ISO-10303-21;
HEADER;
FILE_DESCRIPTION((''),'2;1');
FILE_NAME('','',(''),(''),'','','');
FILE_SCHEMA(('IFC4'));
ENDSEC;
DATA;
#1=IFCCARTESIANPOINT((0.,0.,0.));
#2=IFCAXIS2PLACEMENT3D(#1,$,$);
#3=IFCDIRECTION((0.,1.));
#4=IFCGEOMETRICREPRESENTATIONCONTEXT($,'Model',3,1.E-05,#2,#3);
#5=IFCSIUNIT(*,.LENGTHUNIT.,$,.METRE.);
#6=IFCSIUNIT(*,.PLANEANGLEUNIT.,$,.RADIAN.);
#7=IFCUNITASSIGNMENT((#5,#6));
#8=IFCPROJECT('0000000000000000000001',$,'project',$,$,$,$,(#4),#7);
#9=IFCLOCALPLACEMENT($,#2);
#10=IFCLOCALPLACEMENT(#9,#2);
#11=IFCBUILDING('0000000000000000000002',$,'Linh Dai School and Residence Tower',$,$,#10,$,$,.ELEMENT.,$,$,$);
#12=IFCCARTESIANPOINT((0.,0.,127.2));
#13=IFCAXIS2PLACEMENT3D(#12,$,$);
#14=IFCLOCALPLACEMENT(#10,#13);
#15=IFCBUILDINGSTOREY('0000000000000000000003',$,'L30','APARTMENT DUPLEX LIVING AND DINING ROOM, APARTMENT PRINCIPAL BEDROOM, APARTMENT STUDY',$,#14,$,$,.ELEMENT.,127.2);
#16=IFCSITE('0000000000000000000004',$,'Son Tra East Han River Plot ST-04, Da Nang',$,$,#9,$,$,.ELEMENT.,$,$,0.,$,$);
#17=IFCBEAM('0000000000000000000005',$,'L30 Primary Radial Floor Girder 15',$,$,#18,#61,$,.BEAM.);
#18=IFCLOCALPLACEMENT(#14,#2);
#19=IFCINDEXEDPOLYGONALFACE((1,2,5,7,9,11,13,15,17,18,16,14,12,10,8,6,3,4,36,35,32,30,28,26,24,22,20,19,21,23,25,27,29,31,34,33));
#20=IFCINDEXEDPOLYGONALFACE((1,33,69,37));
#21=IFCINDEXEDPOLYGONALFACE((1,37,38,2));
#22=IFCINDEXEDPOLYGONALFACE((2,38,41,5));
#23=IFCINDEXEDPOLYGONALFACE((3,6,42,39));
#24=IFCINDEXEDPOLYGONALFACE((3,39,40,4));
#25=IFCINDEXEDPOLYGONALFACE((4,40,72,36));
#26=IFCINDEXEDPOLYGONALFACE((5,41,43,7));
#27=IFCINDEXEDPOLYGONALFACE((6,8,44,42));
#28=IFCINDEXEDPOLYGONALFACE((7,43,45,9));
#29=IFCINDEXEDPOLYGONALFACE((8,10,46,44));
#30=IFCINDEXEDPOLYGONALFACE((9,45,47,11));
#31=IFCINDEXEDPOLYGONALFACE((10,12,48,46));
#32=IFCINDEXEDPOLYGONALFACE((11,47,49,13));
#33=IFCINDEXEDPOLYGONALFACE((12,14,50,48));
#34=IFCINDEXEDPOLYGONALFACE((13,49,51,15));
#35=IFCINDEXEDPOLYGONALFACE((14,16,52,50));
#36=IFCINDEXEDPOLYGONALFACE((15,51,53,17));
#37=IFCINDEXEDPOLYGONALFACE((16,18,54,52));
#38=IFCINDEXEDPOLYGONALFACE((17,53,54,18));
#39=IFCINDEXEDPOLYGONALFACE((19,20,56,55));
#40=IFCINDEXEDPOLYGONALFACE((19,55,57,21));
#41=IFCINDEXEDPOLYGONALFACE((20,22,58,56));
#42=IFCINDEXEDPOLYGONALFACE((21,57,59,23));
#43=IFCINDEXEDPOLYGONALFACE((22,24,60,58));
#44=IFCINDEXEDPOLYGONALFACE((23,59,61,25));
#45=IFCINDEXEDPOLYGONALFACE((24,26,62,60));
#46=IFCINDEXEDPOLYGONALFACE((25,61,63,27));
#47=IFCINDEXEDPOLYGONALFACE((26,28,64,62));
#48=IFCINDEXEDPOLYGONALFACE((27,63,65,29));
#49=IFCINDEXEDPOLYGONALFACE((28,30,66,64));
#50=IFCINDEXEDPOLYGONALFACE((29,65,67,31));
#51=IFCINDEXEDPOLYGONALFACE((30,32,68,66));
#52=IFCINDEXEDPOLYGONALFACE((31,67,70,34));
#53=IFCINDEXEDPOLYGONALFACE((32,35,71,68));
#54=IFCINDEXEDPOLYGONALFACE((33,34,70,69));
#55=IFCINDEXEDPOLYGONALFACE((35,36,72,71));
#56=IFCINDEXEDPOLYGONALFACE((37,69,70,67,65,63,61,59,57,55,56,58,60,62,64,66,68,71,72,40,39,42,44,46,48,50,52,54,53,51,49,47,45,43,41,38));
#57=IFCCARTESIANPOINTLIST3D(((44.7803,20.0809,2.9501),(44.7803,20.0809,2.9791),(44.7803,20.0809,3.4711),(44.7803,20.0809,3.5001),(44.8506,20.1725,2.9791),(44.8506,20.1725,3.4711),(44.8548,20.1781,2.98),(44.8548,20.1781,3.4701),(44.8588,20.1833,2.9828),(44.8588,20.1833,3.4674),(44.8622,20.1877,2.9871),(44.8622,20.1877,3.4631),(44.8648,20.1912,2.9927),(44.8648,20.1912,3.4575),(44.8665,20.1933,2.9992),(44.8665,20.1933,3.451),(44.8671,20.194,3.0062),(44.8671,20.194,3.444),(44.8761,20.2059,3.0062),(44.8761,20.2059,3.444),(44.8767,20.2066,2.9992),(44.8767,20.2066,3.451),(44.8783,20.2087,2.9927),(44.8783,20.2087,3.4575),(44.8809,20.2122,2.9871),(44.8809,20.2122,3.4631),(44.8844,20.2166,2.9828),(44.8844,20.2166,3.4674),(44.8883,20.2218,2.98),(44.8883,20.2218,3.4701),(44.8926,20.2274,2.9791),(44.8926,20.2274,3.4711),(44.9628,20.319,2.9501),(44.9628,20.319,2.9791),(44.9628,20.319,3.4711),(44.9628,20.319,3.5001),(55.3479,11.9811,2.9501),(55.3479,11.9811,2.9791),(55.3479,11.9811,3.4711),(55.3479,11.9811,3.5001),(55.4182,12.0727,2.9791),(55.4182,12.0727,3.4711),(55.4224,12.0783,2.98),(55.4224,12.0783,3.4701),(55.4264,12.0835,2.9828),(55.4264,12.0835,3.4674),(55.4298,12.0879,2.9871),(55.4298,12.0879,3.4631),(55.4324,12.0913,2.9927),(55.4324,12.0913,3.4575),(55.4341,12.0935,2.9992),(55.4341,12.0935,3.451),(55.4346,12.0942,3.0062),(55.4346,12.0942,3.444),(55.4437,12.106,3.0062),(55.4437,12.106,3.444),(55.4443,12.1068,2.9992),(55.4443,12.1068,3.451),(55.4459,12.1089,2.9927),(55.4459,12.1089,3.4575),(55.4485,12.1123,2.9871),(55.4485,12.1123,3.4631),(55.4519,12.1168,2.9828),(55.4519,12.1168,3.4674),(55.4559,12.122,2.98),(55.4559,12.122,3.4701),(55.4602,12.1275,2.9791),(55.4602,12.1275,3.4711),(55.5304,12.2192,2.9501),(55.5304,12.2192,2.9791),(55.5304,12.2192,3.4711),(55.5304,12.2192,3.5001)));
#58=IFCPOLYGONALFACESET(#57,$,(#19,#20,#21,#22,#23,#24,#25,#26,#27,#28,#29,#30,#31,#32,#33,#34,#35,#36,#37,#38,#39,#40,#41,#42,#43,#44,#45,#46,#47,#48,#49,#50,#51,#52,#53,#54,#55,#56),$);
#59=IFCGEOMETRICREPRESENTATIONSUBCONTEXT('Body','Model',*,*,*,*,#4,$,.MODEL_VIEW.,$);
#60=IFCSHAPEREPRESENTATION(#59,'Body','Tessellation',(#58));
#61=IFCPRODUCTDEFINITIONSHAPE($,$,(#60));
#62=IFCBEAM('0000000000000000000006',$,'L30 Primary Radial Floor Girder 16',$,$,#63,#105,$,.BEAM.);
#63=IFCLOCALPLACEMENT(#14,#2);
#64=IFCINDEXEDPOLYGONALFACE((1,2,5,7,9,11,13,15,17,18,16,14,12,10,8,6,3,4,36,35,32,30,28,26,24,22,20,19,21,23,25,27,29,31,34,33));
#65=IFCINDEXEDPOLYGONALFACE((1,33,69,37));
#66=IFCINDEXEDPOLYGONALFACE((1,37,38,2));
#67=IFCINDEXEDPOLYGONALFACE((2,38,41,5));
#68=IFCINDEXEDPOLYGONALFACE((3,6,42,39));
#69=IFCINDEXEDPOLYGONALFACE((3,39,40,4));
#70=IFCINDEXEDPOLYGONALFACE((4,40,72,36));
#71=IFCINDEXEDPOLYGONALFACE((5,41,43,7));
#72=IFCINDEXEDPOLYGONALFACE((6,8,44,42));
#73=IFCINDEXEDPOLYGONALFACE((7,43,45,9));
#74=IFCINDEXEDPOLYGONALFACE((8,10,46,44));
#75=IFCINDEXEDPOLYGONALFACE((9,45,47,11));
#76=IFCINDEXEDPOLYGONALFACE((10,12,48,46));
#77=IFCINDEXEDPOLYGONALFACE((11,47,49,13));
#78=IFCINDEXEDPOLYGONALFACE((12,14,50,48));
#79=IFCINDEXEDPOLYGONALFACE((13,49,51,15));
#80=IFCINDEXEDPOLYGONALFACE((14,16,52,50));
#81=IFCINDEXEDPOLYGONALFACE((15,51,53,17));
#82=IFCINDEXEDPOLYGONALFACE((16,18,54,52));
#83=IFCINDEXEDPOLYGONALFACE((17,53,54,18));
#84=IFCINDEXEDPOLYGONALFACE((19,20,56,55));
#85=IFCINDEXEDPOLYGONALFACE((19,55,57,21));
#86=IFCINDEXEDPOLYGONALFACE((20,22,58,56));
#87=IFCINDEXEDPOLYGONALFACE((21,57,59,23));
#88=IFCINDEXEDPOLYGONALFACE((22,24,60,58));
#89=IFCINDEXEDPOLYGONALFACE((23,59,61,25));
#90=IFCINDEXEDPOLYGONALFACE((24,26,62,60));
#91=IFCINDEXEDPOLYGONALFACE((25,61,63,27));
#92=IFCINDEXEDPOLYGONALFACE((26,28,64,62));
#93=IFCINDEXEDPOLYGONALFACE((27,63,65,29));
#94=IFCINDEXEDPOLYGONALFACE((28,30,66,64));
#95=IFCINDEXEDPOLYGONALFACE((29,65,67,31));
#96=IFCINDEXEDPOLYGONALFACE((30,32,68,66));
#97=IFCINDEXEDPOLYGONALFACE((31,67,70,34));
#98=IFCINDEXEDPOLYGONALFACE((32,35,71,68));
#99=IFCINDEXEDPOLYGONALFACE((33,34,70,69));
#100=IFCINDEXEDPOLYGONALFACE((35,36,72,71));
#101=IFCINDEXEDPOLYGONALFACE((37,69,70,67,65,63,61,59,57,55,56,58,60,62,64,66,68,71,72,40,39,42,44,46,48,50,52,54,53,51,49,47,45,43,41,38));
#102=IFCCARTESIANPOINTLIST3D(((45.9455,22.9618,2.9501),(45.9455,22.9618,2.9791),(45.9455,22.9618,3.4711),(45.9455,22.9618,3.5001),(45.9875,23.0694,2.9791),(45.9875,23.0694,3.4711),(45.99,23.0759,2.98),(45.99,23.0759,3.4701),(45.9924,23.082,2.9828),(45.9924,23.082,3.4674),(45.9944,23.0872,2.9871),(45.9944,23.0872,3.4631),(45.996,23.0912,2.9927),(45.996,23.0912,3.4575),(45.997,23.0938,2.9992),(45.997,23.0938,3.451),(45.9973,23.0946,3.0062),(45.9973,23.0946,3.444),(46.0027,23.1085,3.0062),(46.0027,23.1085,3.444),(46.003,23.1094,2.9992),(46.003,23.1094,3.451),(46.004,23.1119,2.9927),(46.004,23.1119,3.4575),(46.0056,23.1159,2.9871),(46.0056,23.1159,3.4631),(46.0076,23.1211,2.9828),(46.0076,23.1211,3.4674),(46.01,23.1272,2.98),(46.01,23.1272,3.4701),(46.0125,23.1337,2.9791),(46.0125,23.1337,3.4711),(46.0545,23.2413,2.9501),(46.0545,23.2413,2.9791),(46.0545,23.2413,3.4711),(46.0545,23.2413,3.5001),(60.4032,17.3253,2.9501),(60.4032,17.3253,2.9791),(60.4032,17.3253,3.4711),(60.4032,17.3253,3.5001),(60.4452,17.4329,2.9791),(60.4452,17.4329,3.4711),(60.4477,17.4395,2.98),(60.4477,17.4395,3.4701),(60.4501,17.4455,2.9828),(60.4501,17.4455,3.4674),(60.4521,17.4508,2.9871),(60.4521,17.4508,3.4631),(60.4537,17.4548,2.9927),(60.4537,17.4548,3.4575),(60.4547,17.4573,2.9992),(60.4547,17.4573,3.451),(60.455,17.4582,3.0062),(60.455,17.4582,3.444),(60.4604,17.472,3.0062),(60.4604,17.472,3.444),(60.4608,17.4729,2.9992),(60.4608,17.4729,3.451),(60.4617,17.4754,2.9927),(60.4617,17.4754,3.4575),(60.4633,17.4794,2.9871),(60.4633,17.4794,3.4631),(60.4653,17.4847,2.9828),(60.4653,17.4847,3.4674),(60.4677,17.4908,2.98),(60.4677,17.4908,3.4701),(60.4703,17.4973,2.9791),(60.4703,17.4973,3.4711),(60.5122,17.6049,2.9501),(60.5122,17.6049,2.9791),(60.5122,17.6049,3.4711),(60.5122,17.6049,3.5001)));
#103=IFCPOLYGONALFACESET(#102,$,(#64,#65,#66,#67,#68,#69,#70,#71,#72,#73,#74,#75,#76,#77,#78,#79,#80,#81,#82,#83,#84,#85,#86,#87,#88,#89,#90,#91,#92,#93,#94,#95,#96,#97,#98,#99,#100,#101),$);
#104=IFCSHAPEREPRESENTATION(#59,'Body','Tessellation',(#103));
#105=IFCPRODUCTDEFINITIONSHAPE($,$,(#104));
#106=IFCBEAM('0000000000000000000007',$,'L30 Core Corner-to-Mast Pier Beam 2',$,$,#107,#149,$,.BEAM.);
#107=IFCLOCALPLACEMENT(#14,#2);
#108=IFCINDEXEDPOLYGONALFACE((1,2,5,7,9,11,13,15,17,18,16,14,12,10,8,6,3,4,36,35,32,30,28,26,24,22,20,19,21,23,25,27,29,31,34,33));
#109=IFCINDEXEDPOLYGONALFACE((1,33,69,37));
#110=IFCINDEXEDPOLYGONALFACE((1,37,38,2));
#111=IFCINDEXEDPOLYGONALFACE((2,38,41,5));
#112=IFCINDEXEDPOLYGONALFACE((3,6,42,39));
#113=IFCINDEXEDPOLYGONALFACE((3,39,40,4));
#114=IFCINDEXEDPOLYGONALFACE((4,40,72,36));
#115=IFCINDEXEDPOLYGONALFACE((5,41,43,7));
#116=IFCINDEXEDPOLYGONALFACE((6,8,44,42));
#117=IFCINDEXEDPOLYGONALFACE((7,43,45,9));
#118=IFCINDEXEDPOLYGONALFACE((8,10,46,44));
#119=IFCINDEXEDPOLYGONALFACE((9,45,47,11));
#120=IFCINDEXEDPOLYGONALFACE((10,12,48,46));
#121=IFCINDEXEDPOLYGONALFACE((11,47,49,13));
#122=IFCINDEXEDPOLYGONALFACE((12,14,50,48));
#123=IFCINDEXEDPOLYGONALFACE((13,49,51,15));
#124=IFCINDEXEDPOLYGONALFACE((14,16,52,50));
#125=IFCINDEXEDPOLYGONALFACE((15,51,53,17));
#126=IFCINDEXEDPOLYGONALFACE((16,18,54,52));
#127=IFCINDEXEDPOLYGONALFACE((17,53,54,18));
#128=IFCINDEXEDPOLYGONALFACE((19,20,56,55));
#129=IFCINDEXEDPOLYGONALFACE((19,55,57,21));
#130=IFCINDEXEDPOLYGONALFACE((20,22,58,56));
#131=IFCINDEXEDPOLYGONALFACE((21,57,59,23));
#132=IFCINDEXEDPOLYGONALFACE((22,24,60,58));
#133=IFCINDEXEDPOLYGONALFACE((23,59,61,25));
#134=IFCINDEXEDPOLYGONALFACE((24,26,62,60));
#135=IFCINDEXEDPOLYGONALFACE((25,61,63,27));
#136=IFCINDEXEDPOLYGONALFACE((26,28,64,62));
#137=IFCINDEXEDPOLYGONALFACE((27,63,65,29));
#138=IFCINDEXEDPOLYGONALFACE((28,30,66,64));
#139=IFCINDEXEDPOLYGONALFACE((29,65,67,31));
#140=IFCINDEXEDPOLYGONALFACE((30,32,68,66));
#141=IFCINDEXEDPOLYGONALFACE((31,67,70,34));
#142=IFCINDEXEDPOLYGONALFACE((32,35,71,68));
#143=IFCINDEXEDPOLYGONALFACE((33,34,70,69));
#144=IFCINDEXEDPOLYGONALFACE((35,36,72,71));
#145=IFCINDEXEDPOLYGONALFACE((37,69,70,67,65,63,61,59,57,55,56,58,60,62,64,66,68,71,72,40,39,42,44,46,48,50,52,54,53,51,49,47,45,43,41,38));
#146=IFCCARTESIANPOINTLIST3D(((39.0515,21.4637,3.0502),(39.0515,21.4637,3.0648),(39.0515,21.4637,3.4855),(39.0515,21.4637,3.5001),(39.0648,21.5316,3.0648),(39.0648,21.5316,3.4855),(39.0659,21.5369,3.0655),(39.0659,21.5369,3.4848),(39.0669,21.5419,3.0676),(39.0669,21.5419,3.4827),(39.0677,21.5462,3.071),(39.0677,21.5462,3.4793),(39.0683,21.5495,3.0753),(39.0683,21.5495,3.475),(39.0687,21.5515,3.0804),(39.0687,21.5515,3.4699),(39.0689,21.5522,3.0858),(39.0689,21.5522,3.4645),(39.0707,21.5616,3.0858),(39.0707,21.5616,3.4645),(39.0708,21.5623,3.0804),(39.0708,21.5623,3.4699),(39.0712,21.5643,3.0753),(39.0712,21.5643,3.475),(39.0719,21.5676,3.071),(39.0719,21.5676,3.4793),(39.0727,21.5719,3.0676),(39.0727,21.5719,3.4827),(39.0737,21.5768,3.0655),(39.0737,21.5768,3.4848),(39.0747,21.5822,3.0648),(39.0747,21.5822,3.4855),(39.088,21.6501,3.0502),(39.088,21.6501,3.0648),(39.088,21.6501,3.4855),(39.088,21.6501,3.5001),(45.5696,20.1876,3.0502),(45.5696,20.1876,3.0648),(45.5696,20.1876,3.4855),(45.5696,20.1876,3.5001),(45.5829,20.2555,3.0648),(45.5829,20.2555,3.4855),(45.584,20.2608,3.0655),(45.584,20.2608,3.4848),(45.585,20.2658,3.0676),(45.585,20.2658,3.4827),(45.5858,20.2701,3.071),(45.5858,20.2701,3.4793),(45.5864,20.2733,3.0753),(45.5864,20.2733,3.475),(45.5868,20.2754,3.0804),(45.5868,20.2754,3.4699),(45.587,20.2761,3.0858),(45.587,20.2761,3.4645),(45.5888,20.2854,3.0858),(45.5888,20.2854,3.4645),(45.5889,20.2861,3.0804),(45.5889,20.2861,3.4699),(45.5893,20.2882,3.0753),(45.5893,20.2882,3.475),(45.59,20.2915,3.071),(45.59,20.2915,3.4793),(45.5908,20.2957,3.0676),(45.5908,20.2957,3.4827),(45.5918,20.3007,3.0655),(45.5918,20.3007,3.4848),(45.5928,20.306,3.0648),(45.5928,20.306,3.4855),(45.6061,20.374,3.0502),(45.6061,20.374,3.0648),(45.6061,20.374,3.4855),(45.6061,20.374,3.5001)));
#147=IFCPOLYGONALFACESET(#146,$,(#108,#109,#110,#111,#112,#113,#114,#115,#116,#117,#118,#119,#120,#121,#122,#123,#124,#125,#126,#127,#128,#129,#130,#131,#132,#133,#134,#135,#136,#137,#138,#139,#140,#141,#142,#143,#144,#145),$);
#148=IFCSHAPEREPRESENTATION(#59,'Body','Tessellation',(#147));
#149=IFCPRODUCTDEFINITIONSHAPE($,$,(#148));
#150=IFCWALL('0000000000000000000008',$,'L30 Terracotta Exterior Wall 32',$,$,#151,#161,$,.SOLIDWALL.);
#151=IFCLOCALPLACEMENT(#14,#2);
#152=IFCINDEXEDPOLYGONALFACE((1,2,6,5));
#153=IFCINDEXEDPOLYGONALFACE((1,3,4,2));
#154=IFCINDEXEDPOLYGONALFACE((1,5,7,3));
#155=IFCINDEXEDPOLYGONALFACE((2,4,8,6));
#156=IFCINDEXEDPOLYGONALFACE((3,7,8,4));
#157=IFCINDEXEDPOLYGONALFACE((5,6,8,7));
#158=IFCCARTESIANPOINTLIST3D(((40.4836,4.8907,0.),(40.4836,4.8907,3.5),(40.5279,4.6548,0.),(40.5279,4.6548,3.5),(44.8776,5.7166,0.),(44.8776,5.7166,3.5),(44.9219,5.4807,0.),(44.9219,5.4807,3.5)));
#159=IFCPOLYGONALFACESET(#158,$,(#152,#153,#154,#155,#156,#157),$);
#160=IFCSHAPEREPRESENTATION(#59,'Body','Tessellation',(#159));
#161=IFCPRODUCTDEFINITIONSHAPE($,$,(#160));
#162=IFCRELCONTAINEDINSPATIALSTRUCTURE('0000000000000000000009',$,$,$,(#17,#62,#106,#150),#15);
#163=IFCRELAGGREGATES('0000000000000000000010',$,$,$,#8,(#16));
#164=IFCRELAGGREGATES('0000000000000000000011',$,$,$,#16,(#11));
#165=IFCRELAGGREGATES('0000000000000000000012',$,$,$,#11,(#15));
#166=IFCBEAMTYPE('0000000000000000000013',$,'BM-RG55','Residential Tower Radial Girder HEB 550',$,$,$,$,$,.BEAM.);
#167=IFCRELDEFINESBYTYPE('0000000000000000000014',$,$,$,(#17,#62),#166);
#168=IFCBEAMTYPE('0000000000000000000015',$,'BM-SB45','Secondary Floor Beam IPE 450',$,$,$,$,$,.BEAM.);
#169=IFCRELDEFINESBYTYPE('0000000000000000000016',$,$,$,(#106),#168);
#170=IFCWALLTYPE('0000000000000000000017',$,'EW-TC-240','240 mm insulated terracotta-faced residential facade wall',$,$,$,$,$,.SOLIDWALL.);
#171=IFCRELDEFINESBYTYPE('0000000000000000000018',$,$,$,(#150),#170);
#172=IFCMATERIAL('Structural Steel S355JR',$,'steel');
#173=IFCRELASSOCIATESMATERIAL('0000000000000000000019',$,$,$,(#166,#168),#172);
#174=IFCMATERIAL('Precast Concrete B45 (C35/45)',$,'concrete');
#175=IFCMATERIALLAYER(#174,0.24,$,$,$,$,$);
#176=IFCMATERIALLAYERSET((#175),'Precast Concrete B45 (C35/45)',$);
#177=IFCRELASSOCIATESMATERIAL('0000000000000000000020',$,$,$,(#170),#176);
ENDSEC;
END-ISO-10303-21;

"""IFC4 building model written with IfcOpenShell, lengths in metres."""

from ifc_helpers import new_model, si_unit, direction, frame, frame_2d, origin, origin_2d, place, context, subcontext, project, spatial, rectangle, i_section, extrude, material, layer, layer_set, material_profile, profile_set, type_object, element, save


model = new_model("IFC4")

# Units and contexts
model_context = context("Model", 3, precision=1e-05, world=origin(), true_north=direction((0.0, 1.0)))
body_context = subcontext(model_context, "Body", "Model", "MODEL_VIEW")
ifc_project = project(units=[si_unit("LENGTHUNIT", "METRE"), si_unit("PLANEANGLEUNIT", "RADIAN")], contexts=[model_context])

# Site, building, storey
site_placement = place(None, origin())
site = spatial("IfcSite", under=ifc_project, at=site_placement, Name="Son Tra East Han River Plot ST-04, Da Nang", CompositionType="ELEMENT", RefElevation=0.0)
building_placement = place(site_placement, origin())
building = spatial("IfcBuilding", under=site, at=building_placement, Name="Linh Dai School and Residence Tower", CompositionType="ELEMENT")
storey_placement = place(building_placement, frame((0.0, 0.0, 127.2)))
storey = spatial("IfcBuildingStorey", under=building, at=storey_placement, Name="L30", Description="APARTMENT DUPLEX LIVING AND DINING ROOM, APARTMENT PRINCIPAL BEDROOM, APARTMENT STUDY", CompositionType="ELEMENT", Elevation=127.2)

# Shared definitions
ifc_material_1 = material(Name="Structural Steel S355JR", Category="steel")

# Beams
ifc_material_profile_1 = material_profile(ifc_material_1, i_section(OverallWidth=0.3, OverallDepth=0.55, WebThickness=0.0149, FlangeThickness=0.0291, FilletRadius=0.0271, at=origin_2d()), Name="HEB 550")
ifc_profile_set_1 = profile_set([ifc_material_profile_1], Name="Structural Steel S355JR")
beam_type_1 = type_object("IfcBeamType", Name="BM-RG55", Description="Residential Tower Radial Girder HEB 550", PredefinedType="BEAM", material=ifc_profile_set_1)
beam_1_placement = place(storey_placement, frame((44.8716, 20.2, 3.2251), z_axis=(0.793679, -0.608337, 0.0), x_axis=(0.608337, 0.793679, 0.0)))
element("IfcBeam", 1, at=beam_1_placement, inside=storey, type_object=beam_type_1, Name="L30 Primary Radial Floor Girder 15", PredefinedType="BEAM", context=body_context, shape_type="SweptSolid", body=[
    extrude(i_section(OverallWidth=0.3, OverallDepth=0.55, WebThickness=0.0149, FlangeThickness=0.0291, FilletRadius=0.0271, at=origin_2d()), origin(), (0.0, 0.0, 1.0), 13.3147),
])
beam_2_placement = place(storey_placement, frame((46.0, 23.1016, 3.2251), z_axis=(0.931699, -0.36323, 0.0), x_axis=(0.36323, 0.931699, 0.0)))
element("IfcBeam", 2, at=beam_2_placement, inside=storey, type_object=beam_type_1, Name="L30 Primary Radial Floor Girder 16", PredefinedType="BEAM", context=body_context, shape_type="SweptSolid", body=[
    extrude(i_section(OverallWidth=0.3, OverallDepth=0.55, WebThickness=0.0149, FlangeThickness=0.0291, FilletRadius=0.0271, at=origin_2d()), origin(), (0.0, 0.0, 1.0), 15.5176),
])
ifc_material_profile_2 = material_profile(ifc_material_1, i_section(OverallWidth=0.1899, OverallDepth=0.45, WebThickness=0.0095, FlangeThickness=0.0146, FilletRadius=0.021, at=origin_2d()), Name="IPE 450")
ifc_profile_set_2 = profile_set([ifc_material_profile_2], Name="Structural Steel S355JR")
beam_type_2 = type_object("IfcBeamType", Name="BM-SB45", Description="Secondary Floor Beam IPE 450", PredefinedType="BEAM", material=ifc_profile_set_2)
beam_3_placement = place(storey_placement, frame((45.5879, 20.2808, 3.2751), z_axis=(-0.981369, 0.192135, 0.0), x_axis=(-0.192135, -0.981369, 0.0)))
element("IfcBeam", 3, at=beam_3_placement, inside=storey, type_object=beam_type_2, Name="L30 Core Corner-to-Mast Pier Beam 2", PredefinedType="BEAM", context=body_context, shape_type="SweptSolid", body=[
    extrude(i_section(OverallWidth=0.1899, OverallDepth=0.45, WebThickness=0.0095, FlangeThickness=0.0146, FilletRadius=0.021, at=origin_2d()), origin(), (0.0, 0.0, 1.0), 6.6418),
])

# Wall
ifc_material_2 = material(Name="Precast Concrete B45 (C35/45)", Category="concrete")
ifc_layer_1 = layer(ifc_material_2, 0.24)
ifc_layer_set_1 = layer_set([ifc_layer_1], Name="Precast Concrete B45 (C35/45)")
wall_type_1 = type_object("IfcWallType", Name="EW-TC-240", Description="240 mm insulated terracotta-faced residential facade wall", PredefinedType="SOLIDWALL", material=ifc_layer_set_1)
wall_1_placement = place(storey_placement, frame((44.8997, 5.5986, 0.0), z_axis=(0.0, 0.0, 1.0), x_axis=(-0.982789, -0.18473, 0.0)))
element("IfcWall", 4, at=wall_1_placement, inside=storey, type_object=wall_type_1, Name="L30 Terracotta Exterior Wall 32", PredefinedType="SOLIDWALL", context=body_context, shape_type="SweptSolid", body=[
    extrude(rectangle(XDim=4.4709, YDim=0.24, at=frame_2d((2.2354, 0.0))), origin(), (0.0, 0.0, 1.0), 3.5),
])

save(model, "model.ifc")
